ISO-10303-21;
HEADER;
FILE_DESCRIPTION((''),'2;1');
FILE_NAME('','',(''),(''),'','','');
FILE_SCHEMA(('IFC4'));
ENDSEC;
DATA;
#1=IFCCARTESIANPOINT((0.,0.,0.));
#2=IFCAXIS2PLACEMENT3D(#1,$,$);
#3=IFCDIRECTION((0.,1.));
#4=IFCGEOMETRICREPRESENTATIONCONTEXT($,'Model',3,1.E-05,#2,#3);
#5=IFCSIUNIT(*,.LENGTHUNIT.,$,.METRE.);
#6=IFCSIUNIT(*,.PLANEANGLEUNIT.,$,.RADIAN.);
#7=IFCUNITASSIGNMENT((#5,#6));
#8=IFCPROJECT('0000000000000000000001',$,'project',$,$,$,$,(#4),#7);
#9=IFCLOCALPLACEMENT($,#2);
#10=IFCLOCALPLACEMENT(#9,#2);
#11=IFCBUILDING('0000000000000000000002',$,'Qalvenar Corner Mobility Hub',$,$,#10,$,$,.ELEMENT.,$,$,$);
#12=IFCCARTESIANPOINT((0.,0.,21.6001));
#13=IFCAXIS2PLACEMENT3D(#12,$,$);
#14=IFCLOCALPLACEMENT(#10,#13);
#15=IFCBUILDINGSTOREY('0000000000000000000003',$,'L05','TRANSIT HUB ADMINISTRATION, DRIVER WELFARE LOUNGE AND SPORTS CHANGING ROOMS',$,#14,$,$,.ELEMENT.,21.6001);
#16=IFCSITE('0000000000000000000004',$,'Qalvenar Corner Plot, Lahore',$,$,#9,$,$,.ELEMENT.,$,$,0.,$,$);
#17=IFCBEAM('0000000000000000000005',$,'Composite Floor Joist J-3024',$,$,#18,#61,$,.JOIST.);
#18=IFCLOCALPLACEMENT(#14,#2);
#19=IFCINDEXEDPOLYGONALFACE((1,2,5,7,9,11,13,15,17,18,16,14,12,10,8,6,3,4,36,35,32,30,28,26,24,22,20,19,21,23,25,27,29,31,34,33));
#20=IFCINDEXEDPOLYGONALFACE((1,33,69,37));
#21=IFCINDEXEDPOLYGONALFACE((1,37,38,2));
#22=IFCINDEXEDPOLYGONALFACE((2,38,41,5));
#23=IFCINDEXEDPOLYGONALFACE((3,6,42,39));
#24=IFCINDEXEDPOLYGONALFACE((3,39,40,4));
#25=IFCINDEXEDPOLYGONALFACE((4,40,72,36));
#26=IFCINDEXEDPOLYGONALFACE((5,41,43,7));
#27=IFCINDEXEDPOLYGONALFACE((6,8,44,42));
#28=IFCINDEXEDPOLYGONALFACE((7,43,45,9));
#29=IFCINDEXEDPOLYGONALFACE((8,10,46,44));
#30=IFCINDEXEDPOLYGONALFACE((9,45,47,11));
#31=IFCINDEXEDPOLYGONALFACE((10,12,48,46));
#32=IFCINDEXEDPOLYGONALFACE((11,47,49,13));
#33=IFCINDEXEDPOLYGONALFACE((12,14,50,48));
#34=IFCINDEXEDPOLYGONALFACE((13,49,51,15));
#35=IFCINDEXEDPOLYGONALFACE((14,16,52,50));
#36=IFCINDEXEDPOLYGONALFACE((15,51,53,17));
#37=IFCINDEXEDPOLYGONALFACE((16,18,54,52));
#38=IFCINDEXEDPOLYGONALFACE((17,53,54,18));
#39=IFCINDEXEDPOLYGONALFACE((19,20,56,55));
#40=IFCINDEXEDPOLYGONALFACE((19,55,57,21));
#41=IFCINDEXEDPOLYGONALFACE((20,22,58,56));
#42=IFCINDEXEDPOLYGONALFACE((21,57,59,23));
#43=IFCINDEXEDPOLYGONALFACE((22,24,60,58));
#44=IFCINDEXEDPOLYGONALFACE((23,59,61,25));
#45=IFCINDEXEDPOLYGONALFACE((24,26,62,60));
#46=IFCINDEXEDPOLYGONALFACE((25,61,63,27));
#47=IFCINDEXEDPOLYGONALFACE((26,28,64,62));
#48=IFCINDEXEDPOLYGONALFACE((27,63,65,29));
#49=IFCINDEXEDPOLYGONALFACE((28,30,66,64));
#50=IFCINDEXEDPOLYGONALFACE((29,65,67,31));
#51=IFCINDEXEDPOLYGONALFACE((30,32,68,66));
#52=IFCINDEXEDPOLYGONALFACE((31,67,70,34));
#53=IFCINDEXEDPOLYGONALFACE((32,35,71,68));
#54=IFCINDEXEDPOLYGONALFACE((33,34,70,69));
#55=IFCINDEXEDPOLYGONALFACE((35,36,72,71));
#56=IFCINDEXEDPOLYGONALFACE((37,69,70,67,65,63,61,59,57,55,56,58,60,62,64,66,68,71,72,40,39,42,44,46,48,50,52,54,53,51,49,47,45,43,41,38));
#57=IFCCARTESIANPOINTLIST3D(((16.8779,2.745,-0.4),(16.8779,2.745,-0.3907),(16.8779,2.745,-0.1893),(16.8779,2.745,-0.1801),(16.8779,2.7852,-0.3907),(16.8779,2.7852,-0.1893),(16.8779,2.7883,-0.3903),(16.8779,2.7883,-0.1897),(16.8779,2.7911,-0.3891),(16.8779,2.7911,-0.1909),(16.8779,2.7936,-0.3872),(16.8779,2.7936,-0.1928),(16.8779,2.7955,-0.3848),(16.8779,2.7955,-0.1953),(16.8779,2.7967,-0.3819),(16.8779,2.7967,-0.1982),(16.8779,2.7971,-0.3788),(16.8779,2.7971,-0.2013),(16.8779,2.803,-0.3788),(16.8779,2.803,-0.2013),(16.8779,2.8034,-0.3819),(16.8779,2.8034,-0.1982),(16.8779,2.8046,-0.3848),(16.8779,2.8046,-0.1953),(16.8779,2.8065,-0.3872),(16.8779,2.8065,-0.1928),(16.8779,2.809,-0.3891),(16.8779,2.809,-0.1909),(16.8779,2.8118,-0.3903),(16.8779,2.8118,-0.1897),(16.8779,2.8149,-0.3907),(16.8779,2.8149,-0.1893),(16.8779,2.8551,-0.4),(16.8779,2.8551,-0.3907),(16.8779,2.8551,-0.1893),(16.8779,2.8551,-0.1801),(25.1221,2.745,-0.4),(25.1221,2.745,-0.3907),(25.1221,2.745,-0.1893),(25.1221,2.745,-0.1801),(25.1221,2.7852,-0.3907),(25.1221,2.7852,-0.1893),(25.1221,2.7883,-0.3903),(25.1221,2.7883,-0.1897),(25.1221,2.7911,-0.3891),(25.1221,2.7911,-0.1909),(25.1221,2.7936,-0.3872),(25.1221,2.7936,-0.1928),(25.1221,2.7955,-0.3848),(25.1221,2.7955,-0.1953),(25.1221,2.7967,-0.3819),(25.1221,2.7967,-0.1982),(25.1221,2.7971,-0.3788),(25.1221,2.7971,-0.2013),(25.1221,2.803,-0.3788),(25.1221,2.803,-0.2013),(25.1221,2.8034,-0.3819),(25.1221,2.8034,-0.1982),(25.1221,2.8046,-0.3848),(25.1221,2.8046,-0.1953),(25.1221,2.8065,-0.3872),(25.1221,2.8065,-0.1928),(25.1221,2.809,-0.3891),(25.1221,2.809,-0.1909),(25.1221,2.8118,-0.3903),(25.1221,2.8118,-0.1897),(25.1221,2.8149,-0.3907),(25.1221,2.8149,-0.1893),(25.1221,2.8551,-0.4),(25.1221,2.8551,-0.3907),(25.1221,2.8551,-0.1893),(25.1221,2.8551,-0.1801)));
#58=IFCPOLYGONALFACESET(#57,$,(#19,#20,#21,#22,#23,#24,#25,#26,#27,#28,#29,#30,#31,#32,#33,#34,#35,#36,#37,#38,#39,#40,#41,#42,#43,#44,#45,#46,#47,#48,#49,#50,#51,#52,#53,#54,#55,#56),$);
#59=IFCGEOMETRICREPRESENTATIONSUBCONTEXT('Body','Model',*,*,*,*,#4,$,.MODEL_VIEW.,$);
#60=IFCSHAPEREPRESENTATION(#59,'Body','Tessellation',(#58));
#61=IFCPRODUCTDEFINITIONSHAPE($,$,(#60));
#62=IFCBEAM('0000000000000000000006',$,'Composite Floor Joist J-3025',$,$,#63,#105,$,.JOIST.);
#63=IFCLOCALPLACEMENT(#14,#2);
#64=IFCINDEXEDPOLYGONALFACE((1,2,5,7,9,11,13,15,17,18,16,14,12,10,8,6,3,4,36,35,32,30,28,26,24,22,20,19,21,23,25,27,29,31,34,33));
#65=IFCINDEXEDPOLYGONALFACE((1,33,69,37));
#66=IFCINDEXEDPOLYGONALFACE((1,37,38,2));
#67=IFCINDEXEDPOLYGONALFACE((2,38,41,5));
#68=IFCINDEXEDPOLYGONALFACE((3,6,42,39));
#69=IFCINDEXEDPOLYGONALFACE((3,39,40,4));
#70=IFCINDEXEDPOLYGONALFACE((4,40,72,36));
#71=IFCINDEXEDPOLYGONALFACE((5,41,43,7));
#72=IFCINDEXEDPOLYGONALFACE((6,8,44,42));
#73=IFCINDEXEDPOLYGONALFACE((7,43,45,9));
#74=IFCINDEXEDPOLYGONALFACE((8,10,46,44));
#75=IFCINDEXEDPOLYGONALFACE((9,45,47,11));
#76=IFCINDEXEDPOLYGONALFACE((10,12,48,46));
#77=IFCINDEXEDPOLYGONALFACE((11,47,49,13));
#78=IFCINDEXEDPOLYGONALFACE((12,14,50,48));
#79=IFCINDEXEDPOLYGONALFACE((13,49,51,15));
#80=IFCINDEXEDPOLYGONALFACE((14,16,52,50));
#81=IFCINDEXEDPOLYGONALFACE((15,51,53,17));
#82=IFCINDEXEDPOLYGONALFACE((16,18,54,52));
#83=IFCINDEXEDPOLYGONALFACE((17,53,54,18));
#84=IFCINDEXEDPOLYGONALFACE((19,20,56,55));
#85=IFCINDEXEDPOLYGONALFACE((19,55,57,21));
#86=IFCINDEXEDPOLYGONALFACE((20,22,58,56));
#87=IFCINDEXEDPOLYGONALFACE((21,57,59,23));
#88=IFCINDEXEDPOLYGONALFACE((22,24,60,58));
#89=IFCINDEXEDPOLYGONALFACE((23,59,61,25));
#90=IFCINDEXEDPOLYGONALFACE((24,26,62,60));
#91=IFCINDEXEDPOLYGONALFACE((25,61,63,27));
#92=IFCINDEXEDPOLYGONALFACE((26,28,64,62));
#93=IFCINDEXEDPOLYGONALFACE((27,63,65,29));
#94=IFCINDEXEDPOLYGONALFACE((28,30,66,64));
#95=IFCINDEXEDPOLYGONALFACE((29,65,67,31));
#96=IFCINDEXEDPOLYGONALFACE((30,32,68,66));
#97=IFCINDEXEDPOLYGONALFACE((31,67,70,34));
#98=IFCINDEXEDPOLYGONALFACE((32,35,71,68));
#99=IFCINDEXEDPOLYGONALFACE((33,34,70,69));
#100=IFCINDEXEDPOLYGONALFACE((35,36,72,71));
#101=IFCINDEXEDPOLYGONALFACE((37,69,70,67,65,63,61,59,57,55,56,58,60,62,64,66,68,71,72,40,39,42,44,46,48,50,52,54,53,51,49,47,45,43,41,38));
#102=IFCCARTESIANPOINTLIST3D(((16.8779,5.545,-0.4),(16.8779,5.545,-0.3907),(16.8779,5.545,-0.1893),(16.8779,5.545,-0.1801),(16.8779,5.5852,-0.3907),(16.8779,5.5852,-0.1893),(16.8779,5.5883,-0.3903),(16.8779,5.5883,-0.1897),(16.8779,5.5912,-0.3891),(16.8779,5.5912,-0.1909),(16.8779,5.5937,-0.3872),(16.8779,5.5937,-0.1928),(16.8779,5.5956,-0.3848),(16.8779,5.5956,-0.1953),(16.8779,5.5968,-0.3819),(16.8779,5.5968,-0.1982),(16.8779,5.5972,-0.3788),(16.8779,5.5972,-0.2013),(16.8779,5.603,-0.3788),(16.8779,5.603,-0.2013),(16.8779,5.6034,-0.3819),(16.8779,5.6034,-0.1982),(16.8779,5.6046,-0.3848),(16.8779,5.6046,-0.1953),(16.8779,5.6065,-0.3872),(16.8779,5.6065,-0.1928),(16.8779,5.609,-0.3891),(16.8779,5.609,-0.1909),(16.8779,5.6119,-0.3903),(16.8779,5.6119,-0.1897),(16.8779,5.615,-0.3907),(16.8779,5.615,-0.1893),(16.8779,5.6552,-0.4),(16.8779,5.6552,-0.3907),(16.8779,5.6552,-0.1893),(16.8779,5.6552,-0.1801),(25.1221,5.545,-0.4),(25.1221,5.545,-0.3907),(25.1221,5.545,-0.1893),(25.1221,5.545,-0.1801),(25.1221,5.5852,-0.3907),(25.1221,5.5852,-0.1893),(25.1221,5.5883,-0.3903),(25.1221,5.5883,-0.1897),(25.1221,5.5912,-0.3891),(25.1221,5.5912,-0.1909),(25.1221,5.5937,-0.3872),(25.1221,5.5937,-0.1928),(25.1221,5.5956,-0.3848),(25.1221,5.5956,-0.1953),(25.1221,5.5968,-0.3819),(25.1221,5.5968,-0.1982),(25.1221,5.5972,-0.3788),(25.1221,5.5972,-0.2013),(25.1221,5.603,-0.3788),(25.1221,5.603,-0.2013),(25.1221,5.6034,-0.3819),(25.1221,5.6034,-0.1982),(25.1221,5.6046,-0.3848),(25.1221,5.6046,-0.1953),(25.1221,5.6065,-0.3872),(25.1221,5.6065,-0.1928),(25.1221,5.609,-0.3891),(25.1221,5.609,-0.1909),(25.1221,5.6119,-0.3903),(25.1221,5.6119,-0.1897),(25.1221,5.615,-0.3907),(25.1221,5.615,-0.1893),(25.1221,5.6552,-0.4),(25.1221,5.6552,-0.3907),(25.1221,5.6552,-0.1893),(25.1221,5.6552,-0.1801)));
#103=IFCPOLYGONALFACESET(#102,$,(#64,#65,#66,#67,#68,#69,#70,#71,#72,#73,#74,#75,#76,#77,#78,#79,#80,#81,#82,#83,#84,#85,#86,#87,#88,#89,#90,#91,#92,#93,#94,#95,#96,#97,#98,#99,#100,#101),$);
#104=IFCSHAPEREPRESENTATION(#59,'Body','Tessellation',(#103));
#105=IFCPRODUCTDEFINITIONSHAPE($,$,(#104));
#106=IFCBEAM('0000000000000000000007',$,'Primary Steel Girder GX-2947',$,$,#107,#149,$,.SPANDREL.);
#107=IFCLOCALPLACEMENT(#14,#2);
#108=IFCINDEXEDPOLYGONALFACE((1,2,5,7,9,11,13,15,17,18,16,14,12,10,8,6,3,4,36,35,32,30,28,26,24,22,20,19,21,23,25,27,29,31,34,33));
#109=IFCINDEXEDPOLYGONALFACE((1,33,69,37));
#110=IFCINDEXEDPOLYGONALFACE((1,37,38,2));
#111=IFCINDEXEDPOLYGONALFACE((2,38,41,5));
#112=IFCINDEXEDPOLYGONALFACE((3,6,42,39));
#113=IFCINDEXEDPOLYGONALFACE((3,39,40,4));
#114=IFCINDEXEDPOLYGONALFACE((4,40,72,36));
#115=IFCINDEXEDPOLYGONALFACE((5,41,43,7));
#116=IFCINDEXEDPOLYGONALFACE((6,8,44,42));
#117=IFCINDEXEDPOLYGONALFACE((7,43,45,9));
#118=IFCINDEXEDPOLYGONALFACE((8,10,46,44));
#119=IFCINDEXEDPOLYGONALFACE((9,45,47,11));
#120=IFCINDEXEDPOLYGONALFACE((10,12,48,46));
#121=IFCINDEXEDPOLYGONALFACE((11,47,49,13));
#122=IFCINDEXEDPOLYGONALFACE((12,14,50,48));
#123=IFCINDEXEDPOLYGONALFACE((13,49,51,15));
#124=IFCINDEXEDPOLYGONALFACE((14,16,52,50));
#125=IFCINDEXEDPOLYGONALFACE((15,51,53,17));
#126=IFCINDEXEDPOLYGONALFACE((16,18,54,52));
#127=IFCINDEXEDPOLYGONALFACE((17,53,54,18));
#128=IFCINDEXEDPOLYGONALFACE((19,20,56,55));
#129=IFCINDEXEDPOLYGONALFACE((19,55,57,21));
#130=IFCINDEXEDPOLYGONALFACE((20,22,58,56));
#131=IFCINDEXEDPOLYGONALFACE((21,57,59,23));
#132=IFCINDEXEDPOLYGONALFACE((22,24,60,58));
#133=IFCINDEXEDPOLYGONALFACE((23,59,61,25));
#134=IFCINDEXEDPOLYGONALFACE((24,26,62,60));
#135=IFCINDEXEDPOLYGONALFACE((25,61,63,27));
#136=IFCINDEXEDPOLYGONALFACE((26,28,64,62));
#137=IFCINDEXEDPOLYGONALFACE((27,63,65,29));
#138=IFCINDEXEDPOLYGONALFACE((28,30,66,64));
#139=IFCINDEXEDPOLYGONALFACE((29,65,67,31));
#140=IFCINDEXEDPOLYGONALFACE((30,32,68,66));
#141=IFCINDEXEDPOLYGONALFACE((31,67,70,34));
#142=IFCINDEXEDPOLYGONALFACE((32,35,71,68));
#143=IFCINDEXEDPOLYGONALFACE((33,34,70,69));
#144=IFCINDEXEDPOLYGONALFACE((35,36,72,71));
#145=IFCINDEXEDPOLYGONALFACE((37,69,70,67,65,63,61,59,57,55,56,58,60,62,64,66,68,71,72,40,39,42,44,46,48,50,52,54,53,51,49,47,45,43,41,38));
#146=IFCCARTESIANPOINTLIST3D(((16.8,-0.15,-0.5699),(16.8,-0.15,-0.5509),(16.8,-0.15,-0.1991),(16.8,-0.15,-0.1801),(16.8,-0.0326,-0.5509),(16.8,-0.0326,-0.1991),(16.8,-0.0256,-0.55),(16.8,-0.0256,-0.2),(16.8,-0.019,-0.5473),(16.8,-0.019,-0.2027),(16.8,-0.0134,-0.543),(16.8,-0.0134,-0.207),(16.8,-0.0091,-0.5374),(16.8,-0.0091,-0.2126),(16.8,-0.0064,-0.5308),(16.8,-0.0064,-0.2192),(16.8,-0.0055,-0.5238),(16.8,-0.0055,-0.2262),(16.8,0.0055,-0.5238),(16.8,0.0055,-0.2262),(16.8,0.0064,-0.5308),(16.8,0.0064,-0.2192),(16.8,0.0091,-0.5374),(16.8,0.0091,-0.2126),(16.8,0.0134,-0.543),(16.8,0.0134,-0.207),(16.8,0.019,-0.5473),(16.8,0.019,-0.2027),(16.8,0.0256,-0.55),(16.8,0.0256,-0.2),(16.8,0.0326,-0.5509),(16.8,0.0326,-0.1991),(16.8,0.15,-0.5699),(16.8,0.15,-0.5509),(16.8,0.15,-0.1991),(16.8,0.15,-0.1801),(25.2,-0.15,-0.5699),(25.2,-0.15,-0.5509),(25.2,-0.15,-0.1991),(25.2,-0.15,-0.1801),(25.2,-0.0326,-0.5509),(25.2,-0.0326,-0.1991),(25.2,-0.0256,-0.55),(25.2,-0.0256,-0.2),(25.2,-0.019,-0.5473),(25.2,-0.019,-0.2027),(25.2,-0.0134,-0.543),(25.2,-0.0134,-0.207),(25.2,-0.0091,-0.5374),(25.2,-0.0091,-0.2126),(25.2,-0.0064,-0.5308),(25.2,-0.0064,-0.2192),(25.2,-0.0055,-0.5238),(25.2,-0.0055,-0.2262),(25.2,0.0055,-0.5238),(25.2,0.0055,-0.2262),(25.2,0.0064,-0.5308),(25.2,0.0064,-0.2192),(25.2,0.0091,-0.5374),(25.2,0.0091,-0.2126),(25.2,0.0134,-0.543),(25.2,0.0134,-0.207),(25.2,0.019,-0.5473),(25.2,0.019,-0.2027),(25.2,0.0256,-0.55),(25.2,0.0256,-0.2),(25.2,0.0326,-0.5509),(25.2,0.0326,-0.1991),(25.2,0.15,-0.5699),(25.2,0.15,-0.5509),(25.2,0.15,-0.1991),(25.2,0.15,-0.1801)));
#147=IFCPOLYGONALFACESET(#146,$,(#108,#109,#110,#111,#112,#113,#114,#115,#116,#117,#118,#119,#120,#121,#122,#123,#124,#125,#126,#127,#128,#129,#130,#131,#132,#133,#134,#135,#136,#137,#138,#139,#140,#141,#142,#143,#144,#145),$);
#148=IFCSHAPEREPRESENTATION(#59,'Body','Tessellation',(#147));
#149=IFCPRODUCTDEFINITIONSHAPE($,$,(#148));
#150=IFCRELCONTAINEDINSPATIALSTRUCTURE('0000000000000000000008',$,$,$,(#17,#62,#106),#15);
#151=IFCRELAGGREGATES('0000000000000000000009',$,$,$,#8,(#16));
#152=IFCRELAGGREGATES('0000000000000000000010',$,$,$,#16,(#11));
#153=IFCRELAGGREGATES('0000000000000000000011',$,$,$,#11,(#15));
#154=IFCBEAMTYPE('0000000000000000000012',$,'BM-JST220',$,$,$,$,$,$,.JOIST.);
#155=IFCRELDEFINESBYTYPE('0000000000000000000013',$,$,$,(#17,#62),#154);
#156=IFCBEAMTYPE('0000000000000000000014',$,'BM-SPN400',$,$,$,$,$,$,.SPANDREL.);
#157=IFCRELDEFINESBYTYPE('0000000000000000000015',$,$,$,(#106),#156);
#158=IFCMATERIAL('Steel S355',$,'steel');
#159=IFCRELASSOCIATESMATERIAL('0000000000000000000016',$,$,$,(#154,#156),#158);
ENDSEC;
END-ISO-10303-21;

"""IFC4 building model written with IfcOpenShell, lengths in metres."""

from ifc_helpers import new_model, si_unit, direction, frame, origin, origin_2d, place, context, subcontext, project, spatial, i_section, extrude, material, material_profile, profile_set, type_object, element, save


model = new_model("IFC4")

# Units and contexts
model_context = context("Model", 3, precision=1e-05, world=origin(), true_north=direction((0.0, 1.0)))
body_context = subcontext(model_context, "Body", "Model", "MODEL_VIEW")
ifc_project = project(units=[si_unit("LENGTHUNIT", "METRE"), si_unit("PLANEANGLEUNIT", "RADIAN")], contexts=[model_context])

# Site, building, storey
site_placement = place(None, origin())
site = spatial("IfcSite", under=ifc_project, at=site_placement, Name="Qalvenar Corner Plot, Lahore", CompositionType="ELEMENT", RefElevation=0.0)
building_placement = place(site_placement, origin())
building = spatial("IfcBuilding", under=site, at=building_placement, Name="Qalvenar Corner Mobility Hub", CompositionType="ELEMENT")
storey_placement = place(building_placement, frame((0.0, 0.0, 21.6001)))
storey = spatial("IfcBuildingStorey", under=building, at=storey_placement, Name="L05", Description="TRANSIT HUB ADMINISTRATION, DRIVER WELFARE LOUNGE AND SPORTS CHANGING ROOMS", CompositionType="ELEMENT", Elevation=21.6001)

# Shared definitions
ifc_material_1 = material(Name="Steel S355", Category="steel")

# Beams
ifc_material_profile_1 = material_profile(ifc_material_1, i_section(OverallWidth=0.1101, OverallDepth=0.22, WebThickness=0.0059, FlangeThickness=0.0093, FilletRadius=0.012, at=origin_2d()), Name="IPE220")
ifc_profile_set_1 = profile_set([ifc_material_profile_1], Name="Steel S355")
beam_type_1 = type_object("IfcBeamType", Name="BM-JST220", PredefinedType="JOIST", material=ifc_profile_set_1)
for number, where, z_axis, x_axis, name in (
    (1, (16.8779, 2.8, -0.29), (1.0, 0.0, 0.0), (0.0, 1.0, 0.0), "Composite Floor Joist J-3024"),
    (2, (16.8779, 5.6001, -0.29), (1.0, 0.0, 0.0), (0.0, 1.0, 0.0), "Composite Floor Joist J-3025"),
):
    element("IfcBeam", number, at=place(storey_placement, frame(where, z_axis=z_axis, x_axis=x_axis)), inside=storey, type_object=beam_type_1, Name=name, PredefinedType="JOIST", context=body_context, shape_type="SweptSolid", body=[
        extrude(i_section(OverallWidth=0.1101, OverallDepth=0.22, WebThickness=0.0059, FlangeThickness=0.0093, FilletRadius=0.012, at=origin_2d()), origin(), (0.0, 0.0, 1.0), 8.2441),
    ])
ifc_material_profile_2 = material_profile(ifc_material_1, i_section(OverallWidth=0.3, OverallDepth=0.3899, WebThickness=0.011, FlangeThickness=0.019, FilletRadius=0.0271, at=origin_2d()), Name="HEA400")
ifc_profile_set_2 = profile_set([ifc_material_profile_2], Name="Steel S355")
beam_type_2 = type_object("IfcBeamType", Name="BM-SPN400", PredefinedType="SPANDREL", material=ifc_profile_set_2)
beam_1_placement = place(storey_placement, frame((16.8, 0.0, -0.375), z_axis=(1.0, 0.0, 0.0), x_axis=(0.0, 1.0, 0.0)))
element("IfcBeam", 3, at=beam_1_placement, inside=storey, type_object=beam_type_2, Name="Primary Steel Girder GX-2947", PredefinedType="SPANDREL", context=body_context, shape_type="SweptSolid", body=[
    extrude(i_section(OverallWidth=0.3, OverallDepth=0.3899, WebThickness=0.011, FlangeThickness=0.019, FilletRadius=0.0271, at=origin_2d()), origin(), (0.0, 0.0, 1.0), 8.3999),
])

save(model, "model.ifc")
